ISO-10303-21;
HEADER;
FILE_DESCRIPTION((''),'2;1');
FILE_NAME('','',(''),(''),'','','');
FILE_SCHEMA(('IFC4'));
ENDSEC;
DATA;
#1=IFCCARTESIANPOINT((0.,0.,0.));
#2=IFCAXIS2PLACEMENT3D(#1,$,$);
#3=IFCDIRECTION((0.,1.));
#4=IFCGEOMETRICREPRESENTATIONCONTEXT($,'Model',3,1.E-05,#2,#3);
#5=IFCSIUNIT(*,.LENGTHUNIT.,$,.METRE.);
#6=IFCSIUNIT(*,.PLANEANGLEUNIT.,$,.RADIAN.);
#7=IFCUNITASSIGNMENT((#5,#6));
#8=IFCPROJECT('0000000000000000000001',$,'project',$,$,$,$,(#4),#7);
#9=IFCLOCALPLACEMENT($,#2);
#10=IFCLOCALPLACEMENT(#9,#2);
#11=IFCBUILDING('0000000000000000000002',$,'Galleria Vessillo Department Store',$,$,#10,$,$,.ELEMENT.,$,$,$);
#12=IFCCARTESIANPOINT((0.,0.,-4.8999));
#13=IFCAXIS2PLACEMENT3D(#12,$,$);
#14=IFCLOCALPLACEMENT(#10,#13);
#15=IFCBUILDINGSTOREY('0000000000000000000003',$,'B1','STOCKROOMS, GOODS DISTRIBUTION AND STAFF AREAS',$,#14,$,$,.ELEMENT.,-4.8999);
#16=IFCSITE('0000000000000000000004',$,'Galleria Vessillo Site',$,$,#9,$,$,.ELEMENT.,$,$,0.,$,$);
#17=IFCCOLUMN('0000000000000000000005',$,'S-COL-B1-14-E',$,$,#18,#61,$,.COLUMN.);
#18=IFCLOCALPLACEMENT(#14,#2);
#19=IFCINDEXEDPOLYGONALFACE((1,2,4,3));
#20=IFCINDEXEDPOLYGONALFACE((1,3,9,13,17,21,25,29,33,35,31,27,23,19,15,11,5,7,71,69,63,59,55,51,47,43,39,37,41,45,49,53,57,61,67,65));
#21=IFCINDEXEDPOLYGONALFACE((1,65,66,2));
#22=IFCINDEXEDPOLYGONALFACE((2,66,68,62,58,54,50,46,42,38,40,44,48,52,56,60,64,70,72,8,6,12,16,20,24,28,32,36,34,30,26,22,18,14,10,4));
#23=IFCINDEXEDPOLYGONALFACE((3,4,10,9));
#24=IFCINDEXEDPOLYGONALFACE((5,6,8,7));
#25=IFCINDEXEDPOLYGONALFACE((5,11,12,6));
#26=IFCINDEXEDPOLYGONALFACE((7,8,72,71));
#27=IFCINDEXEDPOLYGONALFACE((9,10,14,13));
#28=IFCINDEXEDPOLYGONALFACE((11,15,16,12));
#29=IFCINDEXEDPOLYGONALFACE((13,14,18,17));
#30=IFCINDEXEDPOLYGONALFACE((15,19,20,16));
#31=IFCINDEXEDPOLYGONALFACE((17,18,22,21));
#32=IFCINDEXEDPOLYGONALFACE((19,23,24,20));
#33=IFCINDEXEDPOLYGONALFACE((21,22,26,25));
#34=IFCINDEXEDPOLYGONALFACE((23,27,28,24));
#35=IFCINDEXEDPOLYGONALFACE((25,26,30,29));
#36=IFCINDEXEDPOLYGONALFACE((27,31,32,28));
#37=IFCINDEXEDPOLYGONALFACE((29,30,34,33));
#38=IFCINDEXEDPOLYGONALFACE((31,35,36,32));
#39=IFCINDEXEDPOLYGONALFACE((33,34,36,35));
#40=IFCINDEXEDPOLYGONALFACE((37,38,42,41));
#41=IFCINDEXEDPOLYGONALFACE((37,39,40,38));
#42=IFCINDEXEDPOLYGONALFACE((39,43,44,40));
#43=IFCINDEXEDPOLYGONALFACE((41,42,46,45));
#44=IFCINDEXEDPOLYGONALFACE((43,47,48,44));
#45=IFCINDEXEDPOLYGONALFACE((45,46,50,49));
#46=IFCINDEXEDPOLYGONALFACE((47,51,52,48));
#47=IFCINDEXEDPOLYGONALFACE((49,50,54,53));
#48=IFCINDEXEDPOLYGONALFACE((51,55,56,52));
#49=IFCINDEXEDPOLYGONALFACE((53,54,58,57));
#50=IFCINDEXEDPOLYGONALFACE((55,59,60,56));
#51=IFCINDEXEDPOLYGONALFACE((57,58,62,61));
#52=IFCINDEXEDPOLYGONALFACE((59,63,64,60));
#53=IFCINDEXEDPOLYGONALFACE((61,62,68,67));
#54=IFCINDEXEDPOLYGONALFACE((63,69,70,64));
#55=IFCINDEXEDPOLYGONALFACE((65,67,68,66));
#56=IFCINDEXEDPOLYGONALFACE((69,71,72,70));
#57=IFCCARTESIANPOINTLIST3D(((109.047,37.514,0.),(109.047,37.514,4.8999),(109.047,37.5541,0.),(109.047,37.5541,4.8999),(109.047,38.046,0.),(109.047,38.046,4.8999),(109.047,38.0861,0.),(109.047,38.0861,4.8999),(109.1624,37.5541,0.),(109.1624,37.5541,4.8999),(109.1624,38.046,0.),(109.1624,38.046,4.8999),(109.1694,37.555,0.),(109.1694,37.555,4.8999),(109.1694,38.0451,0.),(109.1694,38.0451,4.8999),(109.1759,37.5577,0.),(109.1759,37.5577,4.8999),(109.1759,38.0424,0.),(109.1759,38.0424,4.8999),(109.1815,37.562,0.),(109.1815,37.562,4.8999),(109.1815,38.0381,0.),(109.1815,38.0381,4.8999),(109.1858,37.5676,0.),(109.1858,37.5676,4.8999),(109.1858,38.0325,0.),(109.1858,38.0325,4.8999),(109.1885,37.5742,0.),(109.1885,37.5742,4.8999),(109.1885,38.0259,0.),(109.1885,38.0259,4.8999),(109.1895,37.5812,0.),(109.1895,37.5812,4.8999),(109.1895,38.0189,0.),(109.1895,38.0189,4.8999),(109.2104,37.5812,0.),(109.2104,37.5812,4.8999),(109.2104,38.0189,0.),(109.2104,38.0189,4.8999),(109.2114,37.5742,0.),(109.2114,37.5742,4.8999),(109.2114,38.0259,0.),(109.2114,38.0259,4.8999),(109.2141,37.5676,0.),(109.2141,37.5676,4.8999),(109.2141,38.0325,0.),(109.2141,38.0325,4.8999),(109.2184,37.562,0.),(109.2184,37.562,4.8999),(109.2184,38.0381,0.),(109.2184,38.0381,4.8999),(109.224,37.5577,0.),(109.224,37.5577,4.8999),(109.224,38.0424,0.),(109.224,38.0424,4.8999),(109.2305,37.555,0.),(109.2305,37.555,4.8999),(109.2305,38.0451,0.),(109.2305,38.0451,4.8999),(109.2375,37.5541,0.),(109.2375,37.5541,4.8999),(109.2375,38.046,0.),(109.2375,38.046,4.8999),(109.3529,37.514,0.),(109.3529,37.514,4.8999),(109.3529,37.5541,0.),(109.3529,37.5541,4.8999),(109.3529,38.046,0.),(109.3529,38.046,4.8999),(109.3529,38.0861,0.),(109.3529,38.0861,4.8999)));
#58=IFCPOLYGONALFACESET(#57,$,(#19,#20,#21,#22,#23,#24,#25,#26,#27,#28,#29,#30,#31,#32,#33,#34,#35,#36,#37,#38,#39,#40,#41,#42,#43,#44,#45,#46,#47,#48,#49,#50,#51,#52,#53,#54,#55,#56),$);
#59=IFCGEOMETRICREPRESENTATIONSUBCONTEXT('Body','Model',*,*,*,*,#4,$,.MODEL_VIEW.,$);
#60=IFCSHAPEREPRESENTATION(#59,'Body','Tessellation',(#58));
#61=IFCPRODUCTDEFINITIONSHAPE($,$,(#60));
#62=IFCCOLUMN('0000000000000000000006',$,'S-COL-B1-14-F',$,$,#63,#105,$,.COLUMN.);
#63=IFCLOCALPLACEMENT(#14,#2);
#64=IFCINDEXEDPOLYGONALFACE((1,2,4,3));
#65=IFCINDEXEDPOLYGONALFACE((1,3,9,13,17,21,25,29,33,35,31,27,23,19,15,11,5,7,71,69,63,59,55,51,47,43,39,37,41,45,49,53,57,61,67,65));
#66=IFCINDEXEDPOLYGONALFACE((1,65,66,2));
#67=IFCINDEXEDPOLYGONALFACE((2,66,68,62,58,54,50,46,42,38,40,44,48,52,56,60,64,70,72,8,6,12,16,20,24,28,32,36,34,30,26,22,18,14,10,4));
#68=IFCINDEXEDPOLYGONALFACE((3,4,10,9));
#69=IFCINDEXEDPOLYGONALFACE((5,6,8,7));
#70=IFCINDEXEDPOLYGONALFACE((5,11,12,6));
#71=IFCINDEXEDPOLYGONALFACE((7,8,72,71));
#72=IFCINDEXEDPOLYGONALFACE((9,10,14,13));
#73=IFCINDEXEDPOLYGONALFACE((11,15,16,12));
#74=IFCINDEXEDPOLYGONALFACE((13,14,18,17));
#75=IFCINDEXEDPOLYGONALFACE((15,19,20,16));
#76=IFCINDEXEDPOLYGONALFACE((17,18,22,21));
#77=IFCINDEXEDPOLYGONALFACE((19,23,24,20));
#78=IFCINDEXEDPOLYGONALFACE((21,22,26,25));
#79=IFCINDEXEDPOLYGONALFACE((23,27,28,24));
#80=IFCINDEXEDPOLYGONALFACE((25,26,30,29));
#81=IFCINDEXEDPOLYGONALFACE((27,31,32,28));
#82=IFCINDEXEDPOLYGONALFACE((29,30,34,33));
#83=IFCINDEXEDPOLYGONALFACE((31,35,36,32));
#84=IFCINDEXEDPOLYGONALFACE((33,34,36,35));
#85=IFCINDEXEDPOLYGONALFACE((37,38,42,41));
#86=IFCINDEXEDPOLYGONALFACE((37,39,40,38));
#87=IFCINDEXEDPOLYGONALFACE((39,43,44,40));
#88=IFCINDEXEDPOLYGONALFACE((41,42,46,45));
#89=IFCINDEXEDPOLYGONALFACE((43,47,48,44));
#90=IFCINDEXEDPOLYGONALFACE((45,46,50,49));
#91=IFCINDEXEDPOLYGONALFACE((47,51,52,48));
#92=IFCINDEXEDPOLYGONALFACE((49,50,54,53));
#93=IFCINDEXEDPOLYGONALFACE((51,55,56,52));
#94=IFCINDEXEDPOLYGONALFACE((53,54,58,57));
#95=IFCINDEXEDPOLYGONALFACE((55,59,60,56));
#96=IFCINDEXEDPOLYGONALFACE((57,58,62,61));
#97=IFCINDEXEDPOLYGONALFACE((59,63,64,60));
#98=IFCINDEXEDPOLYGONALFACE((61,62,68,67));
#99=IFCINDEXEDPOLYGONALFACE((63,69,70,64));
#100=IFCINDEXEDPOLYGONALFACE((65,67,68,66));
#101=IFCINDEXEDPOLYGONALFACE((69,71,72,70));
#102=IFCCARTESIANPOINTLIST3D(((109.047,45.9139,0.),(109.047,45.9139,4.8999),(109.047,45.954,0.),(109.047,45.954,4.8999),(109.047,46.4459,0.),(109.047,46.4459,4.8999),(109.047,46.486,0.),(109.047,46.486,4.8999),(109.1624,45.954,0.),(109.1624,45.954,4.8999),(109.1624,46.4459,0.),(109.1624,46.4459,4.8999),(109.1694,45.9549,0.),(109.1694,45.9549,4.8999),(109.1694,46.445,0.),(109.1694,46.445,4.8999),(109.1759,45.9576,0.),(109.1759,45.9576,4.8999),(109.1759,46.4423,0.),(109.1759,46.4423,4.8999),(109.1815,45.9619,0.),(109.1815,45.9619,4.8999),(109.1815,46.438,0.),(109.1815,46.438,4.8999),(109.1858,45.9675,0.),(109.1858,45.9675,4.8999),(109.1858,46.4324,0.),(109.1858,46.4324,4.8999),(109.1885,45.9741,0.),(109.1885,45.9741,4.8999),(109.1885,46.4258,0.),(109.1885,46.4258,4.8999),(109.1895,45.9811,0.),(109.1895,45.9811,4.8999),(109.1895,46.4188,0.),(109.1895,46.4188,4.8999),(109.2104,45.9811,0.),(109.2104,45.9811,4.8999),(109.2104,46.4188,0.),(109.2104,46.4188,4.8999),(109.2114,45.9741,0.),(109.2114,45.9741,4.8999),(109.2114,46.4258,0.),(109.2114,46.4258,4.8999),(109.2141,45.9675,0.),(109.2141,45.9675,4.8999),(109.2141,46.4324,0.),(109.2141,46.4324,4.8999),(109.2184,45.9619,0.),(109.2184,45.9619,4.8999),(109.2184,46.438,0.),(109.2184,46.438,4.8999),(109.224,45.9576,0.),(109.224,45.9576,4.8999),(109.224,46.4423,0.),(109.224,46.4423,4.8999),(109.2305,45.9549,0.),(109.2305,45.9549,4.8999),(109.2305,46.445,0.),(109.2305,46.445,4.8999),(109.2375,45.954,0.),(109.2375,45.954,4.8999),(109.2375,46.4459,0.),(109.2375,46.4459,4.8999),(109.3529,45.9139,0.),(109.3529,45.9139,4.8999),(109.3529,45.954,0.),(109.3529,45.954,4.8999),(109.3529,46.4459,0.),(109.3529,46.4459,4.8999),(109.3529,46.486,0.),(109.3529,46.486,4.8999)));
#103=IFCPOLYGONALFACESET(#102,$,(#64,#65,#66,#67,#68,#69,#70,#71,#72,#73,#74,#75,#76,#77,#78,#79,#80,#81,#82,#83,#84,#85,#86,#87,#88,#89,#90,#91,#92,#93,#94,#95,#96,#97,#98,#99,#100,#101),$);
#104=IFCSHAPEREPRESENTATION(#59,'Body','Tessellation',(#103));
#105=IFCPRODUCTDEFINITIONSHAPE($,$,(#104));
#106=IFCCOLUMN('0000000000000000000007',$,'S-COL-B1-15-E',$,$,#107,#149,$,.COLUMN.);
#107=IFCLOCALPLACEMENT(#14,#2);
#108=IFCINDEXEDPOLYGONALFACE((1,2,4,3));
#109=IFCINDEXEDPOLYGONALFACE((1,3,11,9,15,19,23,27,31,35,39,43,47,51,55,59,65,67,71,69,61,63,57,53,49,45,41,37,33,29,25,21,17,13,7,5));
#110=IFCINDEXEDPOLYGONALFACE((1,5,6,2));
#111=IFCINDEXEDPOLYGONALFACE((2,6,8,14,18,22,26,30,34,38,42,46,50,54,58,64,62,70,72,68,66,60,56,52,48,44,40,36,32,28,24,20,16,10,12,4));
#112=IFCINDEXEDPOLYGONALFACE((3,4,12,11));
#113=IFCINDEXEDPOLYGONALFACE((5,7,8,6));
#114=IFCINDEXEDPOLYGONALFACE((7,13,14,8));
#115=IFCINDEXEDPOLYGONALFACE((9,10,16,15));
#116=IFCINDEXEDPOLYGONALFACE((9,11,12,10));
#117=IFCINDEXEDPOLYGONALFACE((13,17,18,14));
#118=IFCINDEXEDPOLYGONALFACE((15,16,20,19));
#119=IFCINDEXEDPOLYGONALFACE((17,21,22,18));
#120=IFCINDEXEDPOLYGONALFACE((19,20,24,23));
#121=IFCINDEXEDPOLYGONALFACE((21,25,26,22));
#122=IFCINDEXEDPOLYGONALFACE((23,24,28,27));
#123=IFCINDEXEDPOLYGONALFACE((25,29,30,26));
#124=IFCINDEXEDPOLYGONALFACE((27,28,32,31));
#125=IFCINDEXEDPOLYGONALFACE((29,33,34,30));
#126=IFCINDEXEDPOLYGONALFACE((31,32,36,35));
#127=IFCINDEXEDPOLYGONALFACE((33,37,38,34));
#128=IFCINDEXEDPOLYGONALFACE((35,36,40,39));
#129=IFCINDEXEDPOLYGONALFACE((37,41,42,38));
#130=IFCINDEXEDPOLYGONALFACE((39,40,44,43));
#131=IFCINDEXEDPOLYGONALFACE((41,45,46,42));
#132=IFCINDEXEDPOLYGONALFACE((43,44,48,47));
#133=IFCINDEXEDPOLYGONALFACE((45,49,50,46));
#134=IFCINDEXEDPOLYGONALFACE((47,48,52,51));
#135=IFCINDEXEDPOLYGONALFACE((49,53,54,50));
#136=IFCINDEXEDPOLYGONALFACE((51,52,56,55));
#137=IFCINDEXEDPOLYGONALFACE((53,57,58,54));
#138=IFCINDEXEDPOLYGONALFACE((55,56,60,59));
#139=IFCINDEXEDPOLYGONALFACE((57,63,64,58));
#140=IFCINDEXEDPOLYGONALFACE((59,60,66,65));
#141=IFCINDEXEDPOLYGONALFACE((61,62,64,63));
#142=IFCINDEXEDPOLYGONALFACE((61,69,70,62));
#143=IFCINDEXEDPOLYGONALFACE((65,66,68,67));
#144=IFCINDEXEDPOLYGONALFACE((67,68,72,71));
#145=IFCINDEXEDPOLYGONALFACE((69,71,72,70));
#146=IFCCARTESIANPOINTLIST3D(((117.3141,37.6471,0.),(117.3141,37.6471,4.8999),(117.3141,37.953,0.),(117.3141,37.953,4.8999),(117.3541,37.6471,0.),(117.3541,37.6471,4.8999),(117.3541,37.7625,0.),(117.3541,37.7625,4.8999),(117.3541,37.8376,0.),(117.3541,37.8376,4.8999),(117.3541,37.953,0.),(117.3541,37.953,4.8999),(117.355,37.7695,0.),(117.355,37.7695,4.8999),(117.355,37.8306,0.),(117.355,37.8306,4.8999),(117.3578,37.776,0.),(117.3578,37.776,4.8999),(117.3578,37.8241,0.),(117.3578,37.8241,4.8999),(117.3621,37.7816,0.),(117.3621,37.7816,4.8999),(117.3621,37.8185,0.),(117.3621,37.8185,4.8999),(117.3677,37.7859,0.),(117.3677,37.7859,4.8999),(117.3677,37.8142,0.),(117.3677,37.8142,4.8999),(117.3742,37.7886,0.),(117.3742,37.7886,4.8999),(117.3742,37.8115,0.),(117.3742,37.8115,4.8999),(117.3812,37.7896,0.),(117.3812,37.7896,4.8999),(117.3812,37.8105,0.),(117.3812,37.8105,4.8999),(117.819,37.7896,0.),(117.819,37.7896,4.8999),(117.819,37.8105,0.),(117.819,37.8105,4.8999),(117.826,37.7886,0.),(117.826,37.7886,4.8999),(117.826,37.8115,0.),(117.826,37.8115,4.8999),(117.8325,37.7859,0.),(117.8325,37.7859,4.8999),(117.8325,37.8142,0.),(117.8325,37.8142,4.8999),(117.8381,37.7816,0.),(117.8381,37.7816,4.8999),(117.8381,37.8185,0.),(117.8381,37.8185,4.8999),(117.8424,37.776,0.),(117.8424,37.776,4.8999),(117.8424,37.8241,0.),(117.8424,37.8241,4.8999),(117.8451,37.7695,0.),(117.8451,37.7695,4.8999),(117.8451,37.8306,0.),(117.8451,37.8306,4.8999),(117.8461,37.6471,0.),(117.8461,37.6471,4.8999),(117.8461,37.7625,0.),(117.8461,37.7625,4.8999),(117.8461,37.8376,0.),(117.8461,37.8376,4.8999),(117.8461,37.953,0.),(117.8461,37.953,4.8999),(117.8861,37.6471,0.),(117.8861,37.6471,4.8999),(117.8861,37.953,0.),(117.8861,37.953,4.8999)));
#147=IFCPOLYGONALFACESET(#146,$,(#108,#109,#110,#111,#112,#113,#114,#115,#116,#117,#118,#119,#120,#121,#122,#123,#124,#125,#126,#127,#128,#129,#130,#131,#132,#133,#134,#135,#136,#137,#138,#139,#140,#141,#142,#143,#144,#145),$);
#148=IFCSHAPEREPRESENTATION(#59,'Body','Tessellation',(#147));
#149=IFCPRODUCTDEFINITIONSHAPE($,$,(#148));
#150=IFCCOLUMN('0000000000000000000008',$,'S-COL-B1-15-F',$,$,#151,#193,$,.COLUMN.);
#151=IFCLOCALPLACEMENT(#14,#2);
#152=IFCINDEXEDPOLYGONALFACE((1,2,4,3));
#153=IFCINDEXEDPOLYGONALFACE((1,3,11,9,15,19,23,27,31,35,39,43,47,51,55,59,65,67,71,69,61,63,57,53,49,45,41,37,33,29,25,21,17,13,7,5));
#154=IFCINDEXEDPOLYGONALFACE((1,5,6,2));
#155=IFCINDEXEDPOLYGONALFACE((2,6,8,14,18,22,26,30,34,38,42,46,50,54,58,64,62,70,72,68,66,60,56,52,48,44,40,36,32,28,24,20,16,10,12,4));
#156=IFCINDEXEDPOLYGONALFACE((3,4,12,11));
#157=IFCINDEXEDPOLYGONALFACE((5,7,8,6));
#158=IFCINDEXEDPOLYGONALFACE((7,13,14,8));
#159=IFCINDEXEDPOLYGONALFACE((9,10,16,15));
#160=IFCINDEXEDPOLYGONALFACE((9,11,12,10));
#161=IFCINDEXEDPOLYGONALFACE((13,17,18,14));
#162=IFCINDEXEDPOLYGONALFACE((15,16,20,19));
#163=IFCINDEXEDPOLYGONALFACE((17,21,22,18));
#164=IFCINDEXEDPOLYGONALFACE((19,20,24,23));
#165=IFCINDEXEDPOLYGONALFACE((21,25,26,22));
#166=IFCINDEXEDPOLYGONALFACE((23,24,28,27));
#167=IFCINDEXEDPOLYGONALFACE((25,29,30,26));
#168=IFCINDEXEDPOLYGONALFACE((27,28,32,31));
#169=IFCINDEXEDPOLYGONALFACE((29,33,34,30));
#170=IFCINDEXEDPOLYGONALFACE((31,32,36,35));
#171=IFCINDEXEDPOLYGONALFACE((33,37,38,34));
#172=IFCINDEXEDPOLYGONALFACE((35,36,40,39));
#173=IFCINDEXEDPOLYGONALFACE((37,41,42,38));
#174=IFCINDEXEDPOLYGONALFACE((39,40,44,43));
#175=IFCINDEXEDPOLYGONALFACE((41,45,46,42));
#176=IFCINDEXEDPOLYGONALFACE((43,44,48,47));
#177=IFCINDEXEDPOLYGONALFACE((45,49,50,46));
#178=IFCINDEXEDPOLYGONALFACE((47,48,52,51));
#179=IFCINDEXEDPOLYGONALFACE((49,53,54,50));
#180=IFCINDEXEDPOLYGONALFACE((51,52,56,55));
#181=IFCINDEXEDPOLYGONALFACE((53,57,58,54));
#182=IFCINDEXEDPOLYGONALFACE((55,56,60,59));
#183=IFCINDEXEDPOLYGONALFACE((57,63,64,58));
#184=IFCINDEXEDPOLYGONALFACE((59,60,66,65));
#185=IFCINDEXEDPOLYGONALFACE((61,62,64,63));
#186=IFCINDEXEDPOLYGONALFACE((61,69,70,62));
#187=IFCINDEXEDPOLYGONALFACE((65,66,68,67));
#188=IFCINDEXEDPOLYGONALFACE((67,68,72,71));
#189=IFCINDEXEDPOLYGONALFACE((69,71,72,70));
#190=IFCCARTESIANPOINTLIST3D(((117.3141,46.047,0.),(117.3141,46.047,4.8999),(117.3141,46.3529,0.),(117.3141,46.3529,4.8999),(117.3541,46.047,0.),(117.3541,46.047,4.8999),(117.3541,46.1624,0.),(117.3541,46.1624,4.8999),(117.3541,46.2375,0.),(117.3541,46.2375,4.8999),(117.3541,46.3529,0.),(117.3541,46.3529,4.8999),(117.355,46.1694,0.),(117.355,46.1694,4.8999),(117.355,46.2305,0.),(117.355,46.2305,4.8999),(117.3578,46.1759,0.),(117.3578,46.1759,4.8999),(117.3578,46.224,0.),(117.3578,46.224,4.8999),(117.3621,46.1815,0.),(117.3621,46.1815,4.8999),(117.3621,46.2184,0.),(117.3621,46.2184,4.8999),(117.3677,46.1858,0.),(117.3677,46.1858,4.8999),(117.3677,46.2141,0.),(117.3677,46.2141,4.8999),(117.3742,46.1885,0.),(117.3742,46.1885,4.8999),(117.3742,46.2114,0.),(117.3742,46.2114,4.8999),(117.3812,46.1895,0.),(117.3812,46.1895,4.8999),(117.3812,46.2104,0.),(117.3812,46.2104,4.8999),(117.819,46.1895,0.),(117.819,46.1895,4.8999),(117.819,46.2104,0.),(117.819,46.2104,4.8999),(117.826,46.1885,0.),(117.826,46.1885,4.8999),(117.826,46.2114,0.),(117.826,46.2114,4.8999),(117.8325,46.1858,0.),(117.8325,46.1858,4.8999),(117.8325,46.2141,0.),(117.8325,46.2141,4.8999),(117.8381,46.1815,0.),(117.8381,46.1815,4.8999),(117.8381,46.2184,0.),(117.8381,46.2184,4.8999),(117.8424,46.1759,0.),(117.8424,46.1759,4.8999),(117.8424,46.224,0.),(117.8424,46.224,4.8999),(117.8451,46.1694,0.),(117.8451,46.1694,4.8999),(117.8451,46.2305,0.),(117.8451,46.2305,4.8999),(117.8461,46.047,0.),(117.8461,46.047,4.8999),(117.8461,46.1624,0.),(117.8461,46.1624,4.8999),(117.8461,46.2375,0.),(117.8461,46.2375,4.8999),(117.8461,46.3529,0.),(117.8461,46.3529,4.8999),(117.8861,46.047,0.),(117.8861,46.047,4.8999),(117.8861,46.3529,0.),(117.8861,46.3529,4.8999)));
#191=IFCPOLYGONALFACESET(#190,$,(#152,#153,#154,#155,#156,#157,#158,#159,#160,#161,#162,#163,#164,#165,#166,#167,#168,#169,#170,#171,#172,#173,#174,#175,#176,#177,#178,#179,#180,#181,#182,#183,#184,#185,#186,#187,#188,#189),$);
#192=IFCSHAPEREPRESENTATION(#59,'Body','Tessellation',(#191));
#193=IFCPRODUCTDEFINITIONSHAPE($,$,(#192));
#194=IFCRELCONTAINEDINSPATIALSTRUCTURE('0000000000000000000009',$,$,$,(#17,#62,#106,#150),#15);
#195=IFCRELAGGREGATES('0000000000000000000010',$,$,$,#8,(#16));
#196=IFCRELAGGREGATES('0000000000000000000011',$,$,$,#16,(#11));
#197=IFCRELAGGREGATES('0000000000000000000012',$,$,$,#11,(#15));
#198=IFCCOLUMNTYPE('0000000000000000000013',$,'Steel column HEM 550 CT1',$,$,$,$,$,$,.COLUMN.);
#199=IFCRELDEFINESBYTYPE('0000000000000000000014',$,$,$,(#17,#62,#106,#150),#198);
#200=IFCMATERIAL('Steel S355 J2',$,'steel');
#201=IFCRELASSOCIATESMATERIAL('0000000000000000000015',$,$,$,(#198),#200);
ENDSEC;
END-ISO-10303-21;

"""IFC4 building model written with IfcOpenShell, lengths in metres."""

from ifc_helpers import new_model, si_unit, direction, frame, origin, origin_2d, place, context, subcontext, project, spatial, i_section, extrude, material, material_profile, profile_set, type_object, element, save


model = new_model("IFC4")

# Units and contexts
model_context = context("Model", 3, precision=1e-05, world=origin(), true_north=direction((0.0, 1.0)))
body_context = subcontext(model_context, "Body", "Model", "MODEL_VIEW")
ifc_project = project(units=[si_unit("LENGTHUNIT", "METRE"), si_unit("PLANEANGLEUNIT", "RADIAN")], contexts=[model_context])

# Site, building, storey
site_placement = place(None, origin())
site = spatial("IfcSite", under=ifc_project, at=site_placement, Name="Galleria Vessillo Site", CompositionType="ELEMENT", RefElevation=0.0)
building_placement = place(site_placement, origin())
building = spatial("IfcBuilding", under=site, at=building_placement, Name="Galleria Vessillo Department Store", CompositionType="ELEMENT")
storey_placement = place(building_placement, frame((0.0, 0.0, -4.8999)))
storey = spatial("IfcBuildingStorey", under=building, at=storey_placement, Name="B1", Description="STOCKROOMS, GOODS DISTRIBUTION AND STAFF AREAS", CompositionType="ELEMENT", Elevation=-4.8999)

# Columns
ifc_material_1 = material(Name="Steel S355 J2", Category="steel")
ifc_material_profile = material_profile(ifc_material_1, i_section(OverallWidth=0.3059, OverallDepth=0.572, WebThickness=0.021, FlangeThickness=0.04, FilletRadius=0.0271, at=origin_2d()), Name="HEM 550")
ifc_profile_set = profile_set([ifc_material_profile], Name="Steel S355 J2")
column_type = type_object("IfcColumnType", Name="Steel column HEM 550 CT1", PredefinedType="COLUMN", material=ifc_profile_set)
for number, where, z_axis, x_axis, name in (
    (1, (109.2, 37.8, 0.0), (0.0, 0.0, 1.0), (1.0, 0.0, 0.0), "S-COL-B1-14-E"),
    (2, (109.2, 46.2, 0.0), (0.0, 0.0, 1.0), (1.0, 0.0, 0.0), "S-COL-B1-14-F"),
    (3, (117.6001, 37.8, 0.0), (0.0, 0.0, 1.0), (0.0, 1.0, 0.0), "S-COL-B1-15-E"),
    (4, (117.6001, 46.2, 0.0), (0.0, 0.0, 1.0), (0.0, 1.0, 0.0), "S-COL-B1-15-F"),
):
    element("IfcColumn", number, at=place(storey_placement, frame(where, z_axis=z_axis, x_axis=x_axis)), inside=storey, type_object=column_type, Name=name, PredefinedType="COLUMN", context=body_context, shape_type="SweptSolid", body=[
        extrude(i_section(OverallWidth=0.3059, OverallDepth=0.572, WebThickness=0.021, FlangeThickness=0.04, FilletRadius=0.0271, at=origin_2d()), origin(), (0.0, 0.0, 1.0), 4.8999),
    ])

save(model, "model.ifc")
